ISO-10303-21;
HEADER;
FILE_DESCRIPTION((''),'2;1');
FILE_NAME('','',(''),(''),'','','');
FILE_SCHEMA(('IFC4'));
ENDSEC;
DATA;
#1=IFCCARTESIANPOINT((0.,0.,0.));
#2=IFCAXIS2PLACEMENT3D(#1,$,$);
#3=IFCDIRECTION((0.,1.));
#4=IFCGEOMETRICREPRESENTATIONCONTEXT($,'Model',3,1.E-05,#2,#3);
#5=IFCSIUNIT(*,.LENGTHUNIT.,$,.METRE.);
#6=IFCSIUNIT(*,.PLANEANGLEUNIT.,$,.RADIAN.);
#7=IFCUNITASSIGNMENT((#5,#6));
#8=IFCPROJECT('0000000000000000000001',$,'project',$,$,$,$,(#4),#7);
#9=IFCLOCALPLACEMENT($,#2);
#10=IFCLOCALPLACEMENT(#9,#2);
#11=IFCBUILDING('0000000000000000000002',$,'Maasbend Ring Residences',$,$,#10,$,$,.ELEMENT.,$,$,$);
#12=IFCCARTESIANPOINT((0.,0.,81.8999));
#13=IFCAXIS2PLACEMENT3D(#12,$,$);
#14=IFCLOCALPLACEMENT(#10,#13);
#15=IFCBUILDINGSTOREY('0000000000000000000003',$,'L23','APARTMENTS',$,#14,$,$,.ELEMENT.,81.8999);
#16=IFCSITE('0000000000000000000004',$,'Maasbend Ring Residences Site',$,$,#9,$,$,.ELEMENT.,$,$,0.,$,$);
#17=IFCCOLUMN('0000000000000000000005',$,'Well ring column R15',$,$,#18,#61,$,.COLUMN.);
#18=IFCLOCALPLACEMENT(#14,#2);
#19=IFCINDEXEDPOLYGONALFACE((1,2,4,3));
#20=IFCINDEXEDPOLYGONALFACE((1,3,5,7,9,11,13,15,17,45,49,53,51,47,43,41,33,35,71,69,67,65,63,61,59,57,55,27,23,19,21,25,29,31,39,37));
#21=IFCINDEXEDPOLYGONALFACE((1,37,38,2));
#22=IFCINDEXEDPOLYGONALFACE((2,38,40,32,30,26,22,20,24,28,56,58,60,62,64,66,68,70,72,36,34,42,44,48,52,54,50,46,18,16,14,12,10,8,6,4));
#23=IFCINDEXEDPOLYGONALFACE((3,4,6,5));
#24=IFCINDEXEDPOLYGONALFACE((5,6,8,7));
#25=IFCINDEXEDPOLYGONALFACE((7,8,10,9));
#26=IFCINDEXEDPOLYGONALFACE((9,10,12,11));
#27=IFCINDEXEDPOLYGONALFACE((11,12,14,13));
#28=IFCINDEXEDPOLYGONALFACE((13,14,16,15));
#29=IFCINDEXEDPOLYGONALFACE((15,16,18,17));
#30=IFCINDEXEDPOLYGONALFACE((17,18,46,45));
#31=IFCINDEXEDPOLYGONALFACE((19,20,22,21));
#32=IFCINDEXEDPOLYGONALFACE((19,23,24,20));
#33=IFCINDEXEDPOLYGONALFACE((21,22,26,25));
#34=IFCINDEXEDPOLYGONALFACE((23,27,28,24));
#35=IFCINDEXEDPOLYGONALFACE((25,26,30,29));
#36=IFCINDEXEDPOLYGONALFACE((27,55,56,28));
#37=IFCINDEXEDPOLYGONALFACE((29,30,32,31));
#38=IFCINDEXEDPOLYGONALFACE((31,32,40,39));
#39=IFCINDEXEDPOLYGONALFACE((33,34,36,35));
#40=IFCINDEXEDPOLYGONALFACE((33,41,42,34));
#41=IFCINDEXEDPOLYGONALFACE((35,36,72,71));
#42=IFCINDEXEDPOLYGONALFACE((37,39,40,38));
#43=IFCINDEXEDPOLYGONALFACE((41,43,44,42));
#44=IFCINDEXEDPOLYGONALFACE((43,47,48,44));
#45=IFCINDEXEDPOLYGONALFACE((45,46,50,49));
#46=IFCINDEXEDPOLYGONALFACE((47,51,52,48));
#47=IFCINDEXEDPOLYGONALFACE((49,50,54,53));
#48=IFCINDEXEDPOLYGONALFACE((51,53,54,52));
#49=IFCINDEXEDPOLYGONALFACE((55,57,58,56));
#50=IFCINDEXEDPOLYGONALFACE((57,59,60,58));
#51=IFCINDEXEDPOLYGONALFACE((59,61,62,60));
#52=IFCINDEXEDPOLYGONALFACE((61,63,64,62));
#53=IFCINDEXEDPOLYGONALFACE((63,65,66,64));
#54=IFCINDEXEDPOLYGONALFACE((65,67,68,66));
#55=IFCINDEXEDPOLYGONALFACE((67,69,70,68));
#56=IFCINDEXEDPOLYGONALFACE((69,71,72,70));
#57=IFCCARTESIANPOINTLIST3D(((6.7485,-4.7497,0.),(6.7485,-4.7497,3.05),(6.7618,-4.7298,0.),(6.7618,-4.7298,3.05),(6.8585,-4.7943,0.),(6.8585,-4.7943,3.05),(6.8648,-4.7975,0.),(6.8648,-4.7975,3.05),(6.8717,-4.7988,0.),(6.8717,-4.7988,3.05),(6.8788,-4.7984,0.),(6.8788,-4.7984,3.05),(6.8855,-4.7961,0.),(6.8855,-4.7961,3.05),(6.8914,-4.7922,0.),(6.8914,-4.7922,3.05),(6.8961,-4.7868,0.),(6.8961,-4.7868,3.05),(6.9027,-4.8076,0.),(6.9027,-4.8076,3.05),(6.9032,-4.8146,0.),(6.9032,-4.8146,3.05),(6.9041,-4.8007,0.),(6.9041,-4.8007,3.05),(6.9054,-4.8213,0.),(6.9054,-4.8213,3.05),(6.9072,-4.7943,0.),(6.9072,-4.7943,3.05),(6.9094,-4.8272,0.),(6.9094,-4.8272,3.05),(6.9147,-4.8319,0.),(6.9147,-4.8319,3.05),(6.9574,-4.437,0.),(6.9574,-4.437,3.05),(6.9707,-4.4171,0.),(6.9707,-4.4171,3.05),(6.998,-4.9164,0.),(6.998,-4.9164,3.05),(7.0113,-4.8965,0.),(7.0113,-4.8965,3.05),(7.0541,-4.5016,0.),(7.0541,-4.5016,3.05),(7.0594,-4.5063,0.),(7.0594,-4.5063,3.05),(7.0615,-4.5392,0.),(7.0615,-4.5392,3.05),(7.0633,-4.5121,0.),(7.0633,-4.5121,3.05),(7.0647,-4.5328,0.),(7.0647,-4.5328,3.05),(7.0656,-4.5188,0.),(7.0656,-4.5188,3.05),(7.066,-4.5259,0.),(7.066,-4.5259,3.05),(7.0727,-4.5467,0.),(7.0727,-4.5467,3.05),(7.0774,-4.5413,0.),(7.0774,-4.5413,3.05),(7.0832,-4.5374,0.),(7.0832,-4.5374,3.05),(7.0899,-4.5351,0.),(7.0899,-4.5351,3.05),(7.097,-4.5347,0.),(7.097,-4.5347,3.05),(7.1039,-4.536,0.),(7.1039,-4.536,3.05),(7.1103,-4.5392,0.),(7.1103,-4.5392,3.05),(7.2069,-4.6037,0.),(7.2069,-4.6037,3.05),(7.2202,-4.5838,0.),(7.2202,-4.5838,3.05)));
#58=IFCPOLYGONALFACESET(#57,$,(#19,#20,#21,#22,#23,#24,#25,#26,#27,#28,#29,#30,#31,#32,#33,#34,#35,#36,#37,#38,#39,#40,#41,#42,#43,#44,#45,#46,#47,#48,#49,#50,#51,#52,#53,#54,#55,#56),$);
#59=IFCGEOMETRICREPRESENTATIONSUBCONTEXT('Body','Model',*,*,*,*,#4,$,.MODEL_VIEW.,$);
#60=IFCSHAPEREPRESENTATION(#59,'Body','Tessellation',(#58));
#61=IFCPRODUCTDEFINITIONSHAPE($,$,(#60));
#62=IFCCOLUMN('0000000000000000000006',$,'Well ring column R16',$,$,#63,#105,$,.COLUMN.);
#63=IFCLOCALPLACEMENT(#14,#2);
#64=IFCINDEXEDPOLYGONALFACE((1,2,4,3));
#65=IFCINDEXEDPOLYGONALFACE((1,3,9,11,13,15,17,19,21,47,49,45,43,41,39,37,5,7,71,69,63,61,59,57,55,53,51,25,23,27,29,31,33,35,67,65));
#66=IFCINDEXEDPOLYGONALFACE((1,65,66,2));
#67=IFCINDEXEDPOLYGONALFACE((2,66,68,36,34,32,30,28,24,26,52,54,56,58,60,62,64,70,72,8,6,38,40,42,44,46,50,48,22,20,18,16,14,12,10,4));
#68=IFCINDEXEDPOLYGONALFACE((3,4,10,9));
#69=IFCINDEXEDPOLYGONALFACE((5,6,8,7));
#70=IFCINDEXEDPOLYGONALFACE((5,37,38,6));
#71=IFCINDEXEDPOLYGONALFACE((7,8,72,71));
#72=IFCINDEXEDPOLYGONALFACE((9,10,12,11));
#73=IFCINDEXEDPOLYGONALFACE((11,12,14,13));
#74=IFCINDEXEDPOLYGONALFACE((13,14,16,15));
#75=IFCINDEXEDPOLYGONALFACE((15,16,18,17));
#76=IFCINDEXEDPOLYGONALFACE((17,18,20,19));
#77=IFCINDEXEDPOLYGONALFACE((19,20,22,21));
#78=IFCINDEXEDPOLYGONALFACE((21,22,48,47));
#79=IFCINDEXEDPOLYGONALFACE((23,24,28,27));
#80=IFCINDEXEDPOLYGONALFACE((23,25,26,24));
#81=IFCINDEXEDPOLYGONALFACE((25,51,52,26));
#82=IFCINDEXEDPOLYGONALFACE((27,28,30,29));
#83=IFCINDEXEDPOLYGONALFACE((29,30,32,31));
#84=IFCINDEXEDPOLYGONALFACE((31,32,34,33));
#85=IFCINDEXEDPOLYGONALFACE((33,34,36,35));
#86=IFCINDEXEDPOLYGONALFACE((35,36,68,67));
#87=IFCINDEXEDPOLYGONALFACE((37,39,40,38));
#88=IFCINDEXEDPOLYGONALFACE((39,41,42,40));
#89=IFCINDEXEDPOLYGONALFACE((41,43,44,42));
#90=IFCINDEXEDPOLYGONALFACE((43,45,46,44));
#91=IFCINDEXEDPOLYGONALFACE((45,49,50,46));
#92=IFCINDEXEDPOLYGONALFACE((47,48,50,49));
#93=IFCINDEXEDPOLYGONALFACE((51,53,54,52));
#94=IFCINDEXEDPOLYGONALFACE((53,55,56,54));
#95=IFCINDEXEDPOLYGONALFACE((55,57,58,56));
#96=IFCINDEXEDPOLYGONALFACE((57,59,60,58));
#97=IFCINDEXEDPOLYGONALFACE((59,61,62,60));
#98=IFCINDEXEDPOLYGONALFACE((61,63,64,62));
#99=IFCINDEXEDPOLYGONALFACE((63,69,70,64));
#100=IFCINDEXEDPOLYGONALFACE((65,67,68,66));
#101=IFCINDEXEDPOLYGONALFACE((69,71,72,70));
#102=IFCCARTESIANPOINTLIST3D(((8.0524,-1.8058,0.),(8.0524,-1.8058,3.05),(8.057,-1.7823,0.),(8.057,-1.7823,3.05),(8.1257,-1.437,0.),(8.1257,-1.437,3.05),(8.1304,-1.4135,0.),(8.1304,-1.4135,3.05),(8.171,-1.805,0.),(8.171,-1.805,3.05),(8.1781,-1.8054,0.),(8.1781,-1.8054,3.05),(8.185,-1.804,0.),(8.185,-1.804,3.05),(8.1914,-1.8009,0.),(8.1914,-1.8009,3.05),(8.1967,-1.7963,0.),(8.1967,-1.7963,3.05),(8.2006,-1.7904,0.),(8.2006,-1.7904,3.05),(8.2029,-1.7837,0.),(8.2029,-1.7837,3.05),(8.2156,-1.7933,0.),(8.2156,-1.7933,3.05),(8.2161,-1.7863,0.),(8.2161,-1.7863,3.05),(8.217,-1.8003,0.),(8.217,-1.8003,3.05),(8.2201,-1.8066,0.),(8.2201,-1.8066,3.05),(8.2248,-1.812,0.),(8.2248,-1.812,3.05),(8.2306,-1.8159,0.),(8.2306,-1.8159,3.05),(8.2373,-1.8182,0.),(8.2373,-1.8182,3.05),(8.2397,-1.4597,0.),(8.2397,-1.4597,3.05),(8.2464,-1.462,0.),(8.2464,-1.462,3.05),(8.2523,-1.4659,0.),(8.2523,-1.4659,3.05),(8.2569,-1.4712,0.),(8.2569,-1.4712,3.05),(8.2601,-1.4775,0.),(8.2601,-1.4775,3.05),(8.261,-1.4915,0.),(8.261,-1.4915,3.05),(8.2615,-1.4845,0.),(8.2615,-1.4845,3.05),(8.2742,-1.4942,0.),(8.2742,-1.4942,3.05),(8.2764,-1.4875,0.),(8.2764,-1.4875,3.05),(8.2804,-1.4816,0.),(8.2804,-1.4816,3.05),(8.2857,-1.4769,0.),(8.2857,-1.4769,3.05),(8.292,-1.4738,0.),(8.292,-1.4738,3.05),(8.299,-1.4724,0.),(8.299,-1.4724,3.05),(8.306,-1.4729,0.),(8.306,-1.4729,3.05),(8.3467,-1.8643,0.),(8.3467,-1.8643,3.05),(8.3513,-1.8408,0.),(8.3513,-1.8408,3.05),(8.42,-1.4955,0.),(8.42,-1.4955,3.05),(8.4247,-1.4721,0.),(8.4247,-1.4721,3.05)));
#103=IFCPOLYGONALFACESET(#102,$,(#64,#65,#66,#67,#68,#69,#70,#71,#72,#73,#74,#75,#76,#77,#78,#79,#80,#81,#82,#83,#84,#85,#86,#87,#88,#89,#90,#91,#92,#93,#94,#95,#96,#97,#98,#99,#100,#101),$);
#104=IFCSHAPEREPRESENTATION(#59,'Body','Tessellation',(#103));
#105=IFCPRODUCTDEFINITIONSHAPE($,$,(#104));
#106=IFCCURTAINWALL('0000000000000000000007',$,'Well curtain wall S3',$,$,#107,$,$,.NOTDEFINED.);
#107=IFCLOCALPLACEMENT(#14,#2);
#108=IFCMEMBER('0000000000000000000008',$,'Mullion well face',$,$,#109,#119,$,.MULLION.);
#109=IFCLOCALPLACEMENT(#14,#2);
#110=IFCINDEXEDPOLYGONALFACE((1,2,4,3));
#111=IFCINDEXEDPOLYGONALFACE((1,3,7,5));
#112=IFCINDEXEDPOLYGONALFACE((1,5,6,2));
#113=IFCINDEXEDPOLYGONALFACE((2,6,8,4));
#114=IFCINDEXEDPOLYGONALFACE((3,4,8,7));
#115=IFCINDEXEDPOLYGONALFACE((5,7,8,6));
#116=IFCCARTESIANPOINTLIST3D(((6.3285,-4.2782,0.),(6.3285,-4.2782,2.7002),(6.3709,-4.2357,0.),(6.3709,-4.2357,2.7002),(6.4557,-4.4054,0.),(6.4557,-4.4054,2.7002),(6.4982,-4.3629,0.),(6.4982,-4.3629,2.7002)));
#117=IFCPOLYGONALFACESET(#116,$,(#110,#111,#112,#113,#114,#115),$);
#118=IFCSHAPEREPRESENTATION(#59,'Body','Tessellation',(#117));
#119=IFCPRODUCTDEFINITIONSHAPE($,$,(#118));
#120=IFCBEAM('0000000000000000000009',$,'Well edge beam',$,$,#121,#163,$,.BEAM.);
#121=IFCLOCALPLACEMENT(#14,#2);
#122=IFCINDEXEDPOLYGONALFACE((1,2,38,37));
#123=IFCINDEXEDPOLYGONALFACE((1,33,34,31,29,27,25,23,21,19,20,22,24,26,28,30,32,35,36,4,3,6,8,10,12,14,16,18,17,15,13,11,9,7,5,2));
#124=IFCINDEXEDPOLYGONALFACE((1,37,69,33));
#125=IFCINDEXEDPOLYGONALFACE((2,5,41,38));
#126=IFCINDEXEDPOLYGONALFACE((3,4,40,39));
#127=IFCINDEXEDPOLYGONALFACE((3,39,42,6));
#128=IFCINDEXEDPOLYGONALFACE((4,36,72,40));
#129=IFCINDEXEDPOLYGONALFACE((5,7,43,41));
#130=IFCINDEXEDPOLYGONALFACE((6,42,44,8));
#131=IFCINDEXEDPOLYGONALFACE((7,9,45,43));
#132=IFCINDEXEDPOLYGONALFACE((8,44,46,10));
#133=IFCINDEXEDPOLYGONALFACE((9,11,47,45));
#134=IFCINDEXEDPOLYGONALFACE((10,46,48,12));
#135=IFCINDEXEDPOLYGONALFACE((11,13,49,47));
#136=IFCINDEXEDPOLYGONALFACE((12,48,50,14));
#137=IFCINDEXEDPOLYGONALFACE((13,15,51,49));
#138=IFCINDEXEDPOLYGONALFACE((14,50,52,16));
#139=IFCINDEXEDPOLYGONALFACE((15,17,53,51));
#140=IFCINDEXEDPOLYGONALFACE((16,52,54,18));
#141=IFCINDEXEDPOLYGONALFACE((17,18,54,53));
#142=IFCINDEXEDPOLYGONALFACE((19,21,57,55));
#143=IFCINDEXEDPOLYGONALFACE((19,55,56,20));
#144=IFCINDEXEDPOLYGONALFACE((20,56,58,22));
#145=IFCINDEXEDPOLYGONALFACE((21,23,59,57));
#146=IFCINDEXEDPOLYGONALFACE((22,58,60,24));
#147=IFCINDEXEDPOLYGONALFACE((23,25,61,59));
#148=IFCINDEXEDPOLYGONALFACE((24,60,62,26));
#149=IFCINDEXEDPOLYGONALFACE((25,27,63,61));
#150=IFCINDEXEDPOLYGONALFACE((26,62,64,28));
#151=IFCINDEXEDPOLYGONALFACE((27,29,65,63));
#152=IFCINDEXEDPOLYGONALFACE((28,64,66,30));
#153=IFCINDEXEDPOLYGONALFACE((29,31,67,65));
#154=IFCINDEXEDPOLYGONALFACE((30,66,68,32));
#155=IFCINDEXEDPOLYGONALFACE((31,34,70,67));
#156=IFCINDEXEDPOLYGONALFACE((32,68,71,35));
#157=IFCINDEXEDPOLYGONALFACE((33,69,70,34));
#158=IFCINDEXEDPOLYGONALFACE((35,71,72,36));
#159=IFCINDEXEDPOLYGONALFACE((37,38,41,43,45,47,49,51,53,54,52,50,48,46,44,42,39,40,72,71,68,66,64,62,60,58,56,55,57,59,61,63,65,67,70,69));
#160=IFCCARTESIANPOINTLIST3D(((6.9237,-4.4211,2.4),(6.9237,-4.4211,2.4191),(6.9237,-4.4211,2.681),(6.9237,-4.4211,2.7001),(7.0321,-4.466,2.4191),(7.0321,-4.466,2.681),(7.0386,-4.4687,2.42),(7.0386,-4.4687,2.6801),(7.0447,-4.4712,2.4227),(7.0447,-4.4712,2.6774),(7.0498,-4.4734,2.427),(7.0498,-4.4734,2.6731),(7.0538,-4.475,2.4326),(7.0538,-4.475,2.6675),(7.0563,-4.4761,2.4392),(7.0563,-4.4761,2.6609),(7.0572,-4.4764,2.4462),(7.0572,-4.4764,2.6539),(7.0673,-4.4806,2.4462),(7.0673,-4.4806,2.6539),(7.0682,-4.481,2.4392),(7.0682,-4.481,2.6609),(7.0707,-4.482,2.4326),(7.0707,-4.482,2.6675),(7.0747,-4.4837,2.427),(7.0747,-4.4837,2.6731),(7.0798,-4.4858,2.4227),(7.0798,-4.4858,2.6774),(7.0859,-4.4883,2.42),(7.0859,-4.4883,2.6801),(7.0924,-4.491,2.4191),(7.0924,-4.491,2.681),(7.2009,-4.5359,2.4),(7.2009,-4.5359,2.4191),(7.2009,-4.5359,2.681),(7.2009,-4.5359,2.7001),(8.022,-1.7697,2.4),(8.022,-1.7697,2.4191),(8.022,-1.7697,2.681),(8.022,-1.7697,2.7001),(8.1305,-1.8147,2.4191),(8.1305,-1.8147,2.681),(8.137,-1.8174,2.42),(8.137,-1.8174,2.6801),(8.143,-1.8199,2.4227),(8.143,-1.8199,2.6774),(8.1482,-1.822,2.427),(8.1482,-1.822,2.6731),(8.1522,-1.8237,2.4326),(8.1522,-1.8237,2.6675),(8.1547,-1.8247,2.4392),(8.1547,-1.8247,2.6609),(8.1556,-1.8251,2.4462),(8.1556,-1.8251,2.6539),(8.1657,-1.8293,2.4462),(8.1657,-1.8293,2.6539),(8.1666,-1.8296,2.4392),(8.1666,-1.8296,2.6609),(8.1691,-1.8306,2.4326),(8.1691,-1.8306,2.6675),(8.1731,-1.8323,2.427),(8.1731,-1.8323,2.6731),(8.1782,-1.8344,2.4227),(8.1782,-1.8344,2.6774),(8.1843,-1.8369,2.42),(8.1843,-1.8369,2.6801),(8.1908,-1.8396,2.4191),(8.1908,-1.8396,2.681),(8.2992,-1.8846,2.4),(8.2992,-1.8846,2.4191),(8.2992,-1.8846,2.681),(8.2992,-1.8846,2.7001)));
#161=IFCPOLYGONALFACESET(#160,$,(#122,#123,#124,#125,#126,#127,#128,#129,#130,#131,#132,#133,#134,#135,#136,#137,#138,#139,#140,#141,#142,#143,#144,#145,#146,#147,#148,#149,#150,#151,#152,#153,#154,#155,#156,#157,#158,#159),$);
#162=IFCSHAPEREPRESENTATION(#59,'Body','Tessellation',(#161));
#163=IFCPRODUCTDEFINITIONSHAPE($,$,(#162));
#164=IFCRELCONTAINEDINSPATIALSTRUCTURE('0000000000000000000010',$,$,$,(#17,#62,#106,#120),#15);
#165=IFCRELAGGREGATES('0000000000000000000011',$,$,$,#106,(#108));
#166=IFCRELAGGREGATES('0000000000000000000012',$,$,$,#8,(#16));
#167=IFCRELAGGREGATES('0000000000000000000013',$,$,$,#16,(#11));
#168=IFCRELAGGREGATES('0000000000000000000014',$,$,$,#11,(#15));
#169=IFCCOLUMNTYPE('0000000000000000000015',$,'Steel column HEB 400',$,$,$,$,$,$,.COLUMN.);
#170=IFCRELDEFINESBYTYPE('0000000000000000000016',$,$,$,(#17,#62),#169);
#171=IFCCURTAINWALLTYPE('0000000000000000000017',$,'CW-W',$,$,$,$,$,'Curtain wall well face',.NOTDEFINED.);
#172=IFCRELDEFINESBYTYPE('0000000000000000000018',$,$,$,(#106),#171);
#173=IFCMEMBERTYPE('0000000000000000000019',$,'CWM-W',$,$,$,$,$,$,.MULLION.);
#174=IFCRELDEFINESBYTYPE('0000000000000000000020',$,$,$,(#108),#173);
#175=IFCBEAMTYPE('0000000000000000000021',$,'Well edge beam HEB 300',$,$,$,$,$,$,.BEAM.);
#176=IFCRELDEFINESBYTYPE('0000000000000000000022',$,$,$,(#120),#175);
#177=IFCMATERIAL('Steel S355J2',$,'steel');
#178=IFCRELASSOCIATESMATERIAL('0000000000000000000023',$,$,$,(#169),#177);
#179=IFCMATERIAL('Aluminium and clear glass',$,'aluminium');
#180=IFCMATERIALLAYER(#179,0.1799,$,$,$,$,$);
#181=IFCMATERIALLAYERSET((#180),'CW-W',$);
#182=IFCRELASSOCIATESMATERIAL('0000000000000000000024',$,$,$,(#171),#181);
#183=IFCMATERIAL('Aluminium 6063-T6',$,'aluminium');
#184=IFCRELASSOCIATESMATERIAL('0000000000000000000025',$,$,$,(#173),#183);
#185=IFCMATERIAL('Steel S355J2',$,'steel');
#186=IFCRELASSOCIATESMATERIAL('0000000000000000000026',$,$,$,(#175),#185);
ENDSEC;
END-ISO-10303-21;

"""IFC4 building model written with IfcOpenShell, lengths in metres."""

from ifc_helpers import new_model, si_unit, direction, frame, origin, origin_2d, place, context, subcontext, project, spatial, rectangle, i_section, extrude, material, layer, layer_set, material_profile, profile_set, type_object, element, aggregate, save


model = new_model("IFC4")

# Units and contexts
model_context = context("Model", 3, precision=1e-05, world=origin(), true_north=direction((0.0, 1.0)))
body_context = subcontext(model_context, "Body", "Model", "MODEL_VIEW")
ifc_project = project(units=[si_unit("LENGTHUNIT", "METRE"), si_unit("PLANEANGLEUNIT", "RADIAN")], contexts=[model_context])

# Site, building, storey
site_placement = place(None, origin())
site = spatial("IfcSite", under=ifc_project, at=site_placement, Name="Maasbend Ring Residences Site", CompositionType="ELEMENT", RefElevation=0.0)
building_placement = place(site_placement, origin())
building = spatial("IfcBuilding", under=site, at=building_placement, Name="Maasbend Ring Residences", CompositionType="ELEMENT")
storey_placement = place(building_placement, frame((0.0, 0.0, 81.8999)))
storey = spatial("IfcBuildingStorey", under=building, at=storey_placement, Name="L23", Description="APARTMENTS", CompositionType="ELEMENT", Elevation=81.8999)

# Columns
ifc_material_1 = material(Name="Steel S355J2", Category="steel")
ifc_material_profile_1 = material_profile(ifc_material_1, i_section(OverallWidth=0.3, OverallDepth=0.3999, WebThickness=0.0134, FlangeThickness=0.0239, FilletRadius=0.0271, at=origin_2d()), Name="HEB 400")
ifc_profile_set_1 = profile_set([ifc_material_profile_1], Name="Steel S355J2")
column_type = type_object("IfcColumnType", Name="Steel column HEB 400", PredefinedType="COLUMN", material=ifc_profile_set_1)
for number, where, z_axis, x_axis, name in (
    (1, (6.9844, -4.6667, 0.0), (0.0, 0.0, 1.0), (0.83147, -0.55557, 0.0), "Well ring column R15"),
    (2, (8.2385, -1.6389, 0.0), (0.0, 0.0, 1.0), (0.980785, -0.19509, 0.0), "Well ring column R16"),
):
    element("IfcColumn", number, at=place(storey_placement, frame(where, z_axis=z_axis, x_axis=x_axis)), inside=storey, type_object=column_type, Name=name, PredefinedType="COLUMN", context=body_context, shape_type="SweptSolid", body=[
        extrude(i_section(OverallWidth=0.3, OverallDepth=0.3999, WebThickness=0.0134, FlangeThickness=0.0239, FilletRadius=0.0271, at=origin_2d()), origin(), (0.0, 0.0, 1.0), 3.05),
    ])

# Curtain wall, member
ifc_material_2 = material(Name="Aluminium and clear glass", Category="aluminium")
ifc_layer_1 = layer(ifc_material_2, 0.1799)
ifc_layer_set_1 = layer_set([ifc_layer_1], Name="CW-W")
curtain_wall_type = type_object("IfcCurtainWallType", Name="CW-W", ElementType="Curtain wall well face", PredefinedType="NOTDEFINED", material=ifc_layer_set_1)
curtain_wall_placement = place(storey_placement, origin())
curtain_wall = element("IfcCurtainWall", 3, at=curtain_wall_placement, inside=storey, type_object=curtain_wall_type, Name="Well curtain wall S3", PredefinedType="NOTDEFINED")
ifc_material_3 = material(Name="Aluminium 6063-T6", Category="aluminium")
ifc_material_profile_2 = material_profile(ifc_material_3, rectangle(XDim=0.1799, YDim=0.0601, at=origin_2d()), Name="AL 180x60")
ifc_profile_set_2 = profile_set([ifc_material_profile_2], Name="Aluminium 6063-T6")
member_type = type_object("IfcMemberType", Name="CWM-W", PredefinedType="MULLION", material=ifc_profile_set_2)
member_placement = place(storey_placement, frame((6.4133, -4.3206, 0.0), z_axis=(0.0, 0.0, 1.0), x_axis=(-0.707107, 0.707107, 0.0)))
member = element("IfcMember", 4, at=member_placement, type_object=member_type, Name="Mullion well face", PredefinedType="MULLION", context=body_context, shape_type="SweptSolid", body=[
    extrude(rectangle(XDim=0.1799, YDim=0.0601, at=origin_2d()), origin(), (0.0, 0.0, 1.0), 2.7002),
])
aggregate(curtain_wall, [member])

# Beam
ifc_material_4 = material(Name="Steel S355J2", Category="steel")
ifc_material_profile_3 = material_profile(ifc_material_4, i_section(OverallWidth=0.3, OverallDepth=0.3, WebThickness=0.011, FlangeThickness=0.019, FilletRadius=0.0271, at=origin_2d()), Name="HEB 300")
ifc_profile_set_3 = profile_set([ifc_material_profile_3], Name="Steel S355J2")
beam_type = type_object("IfcBeamType", Name="Well edge beam HEB 300", PredefinedType="BEAM", material=ifc_profile_set_3)
beam_1_placement = place(storey_placement, frame((7.0623, -4.4785, 2.55), z_axis=(0.38273, 0.92386, 0.0), x_axis=(-0.92386, 0.38273, 0.0)))
element("IfcBeam", 5, at=beam_1_placement, inside=storey, type_object=beam_type, Name="Well edge beam", PredefinedType="BEAM", context=body_context, shape_type="SweptSolid", body=[
    extrude(i_section(OverallWidth=0.3, OverallDepth=0.3, WebThickness=0.011, FlangeThickness=0.019, FilletRadius=0.0271, at=origin_2d()), origin(), (0.0, 0.0, 1.0), 2.8699),
])

save(model, "model.ifc")
